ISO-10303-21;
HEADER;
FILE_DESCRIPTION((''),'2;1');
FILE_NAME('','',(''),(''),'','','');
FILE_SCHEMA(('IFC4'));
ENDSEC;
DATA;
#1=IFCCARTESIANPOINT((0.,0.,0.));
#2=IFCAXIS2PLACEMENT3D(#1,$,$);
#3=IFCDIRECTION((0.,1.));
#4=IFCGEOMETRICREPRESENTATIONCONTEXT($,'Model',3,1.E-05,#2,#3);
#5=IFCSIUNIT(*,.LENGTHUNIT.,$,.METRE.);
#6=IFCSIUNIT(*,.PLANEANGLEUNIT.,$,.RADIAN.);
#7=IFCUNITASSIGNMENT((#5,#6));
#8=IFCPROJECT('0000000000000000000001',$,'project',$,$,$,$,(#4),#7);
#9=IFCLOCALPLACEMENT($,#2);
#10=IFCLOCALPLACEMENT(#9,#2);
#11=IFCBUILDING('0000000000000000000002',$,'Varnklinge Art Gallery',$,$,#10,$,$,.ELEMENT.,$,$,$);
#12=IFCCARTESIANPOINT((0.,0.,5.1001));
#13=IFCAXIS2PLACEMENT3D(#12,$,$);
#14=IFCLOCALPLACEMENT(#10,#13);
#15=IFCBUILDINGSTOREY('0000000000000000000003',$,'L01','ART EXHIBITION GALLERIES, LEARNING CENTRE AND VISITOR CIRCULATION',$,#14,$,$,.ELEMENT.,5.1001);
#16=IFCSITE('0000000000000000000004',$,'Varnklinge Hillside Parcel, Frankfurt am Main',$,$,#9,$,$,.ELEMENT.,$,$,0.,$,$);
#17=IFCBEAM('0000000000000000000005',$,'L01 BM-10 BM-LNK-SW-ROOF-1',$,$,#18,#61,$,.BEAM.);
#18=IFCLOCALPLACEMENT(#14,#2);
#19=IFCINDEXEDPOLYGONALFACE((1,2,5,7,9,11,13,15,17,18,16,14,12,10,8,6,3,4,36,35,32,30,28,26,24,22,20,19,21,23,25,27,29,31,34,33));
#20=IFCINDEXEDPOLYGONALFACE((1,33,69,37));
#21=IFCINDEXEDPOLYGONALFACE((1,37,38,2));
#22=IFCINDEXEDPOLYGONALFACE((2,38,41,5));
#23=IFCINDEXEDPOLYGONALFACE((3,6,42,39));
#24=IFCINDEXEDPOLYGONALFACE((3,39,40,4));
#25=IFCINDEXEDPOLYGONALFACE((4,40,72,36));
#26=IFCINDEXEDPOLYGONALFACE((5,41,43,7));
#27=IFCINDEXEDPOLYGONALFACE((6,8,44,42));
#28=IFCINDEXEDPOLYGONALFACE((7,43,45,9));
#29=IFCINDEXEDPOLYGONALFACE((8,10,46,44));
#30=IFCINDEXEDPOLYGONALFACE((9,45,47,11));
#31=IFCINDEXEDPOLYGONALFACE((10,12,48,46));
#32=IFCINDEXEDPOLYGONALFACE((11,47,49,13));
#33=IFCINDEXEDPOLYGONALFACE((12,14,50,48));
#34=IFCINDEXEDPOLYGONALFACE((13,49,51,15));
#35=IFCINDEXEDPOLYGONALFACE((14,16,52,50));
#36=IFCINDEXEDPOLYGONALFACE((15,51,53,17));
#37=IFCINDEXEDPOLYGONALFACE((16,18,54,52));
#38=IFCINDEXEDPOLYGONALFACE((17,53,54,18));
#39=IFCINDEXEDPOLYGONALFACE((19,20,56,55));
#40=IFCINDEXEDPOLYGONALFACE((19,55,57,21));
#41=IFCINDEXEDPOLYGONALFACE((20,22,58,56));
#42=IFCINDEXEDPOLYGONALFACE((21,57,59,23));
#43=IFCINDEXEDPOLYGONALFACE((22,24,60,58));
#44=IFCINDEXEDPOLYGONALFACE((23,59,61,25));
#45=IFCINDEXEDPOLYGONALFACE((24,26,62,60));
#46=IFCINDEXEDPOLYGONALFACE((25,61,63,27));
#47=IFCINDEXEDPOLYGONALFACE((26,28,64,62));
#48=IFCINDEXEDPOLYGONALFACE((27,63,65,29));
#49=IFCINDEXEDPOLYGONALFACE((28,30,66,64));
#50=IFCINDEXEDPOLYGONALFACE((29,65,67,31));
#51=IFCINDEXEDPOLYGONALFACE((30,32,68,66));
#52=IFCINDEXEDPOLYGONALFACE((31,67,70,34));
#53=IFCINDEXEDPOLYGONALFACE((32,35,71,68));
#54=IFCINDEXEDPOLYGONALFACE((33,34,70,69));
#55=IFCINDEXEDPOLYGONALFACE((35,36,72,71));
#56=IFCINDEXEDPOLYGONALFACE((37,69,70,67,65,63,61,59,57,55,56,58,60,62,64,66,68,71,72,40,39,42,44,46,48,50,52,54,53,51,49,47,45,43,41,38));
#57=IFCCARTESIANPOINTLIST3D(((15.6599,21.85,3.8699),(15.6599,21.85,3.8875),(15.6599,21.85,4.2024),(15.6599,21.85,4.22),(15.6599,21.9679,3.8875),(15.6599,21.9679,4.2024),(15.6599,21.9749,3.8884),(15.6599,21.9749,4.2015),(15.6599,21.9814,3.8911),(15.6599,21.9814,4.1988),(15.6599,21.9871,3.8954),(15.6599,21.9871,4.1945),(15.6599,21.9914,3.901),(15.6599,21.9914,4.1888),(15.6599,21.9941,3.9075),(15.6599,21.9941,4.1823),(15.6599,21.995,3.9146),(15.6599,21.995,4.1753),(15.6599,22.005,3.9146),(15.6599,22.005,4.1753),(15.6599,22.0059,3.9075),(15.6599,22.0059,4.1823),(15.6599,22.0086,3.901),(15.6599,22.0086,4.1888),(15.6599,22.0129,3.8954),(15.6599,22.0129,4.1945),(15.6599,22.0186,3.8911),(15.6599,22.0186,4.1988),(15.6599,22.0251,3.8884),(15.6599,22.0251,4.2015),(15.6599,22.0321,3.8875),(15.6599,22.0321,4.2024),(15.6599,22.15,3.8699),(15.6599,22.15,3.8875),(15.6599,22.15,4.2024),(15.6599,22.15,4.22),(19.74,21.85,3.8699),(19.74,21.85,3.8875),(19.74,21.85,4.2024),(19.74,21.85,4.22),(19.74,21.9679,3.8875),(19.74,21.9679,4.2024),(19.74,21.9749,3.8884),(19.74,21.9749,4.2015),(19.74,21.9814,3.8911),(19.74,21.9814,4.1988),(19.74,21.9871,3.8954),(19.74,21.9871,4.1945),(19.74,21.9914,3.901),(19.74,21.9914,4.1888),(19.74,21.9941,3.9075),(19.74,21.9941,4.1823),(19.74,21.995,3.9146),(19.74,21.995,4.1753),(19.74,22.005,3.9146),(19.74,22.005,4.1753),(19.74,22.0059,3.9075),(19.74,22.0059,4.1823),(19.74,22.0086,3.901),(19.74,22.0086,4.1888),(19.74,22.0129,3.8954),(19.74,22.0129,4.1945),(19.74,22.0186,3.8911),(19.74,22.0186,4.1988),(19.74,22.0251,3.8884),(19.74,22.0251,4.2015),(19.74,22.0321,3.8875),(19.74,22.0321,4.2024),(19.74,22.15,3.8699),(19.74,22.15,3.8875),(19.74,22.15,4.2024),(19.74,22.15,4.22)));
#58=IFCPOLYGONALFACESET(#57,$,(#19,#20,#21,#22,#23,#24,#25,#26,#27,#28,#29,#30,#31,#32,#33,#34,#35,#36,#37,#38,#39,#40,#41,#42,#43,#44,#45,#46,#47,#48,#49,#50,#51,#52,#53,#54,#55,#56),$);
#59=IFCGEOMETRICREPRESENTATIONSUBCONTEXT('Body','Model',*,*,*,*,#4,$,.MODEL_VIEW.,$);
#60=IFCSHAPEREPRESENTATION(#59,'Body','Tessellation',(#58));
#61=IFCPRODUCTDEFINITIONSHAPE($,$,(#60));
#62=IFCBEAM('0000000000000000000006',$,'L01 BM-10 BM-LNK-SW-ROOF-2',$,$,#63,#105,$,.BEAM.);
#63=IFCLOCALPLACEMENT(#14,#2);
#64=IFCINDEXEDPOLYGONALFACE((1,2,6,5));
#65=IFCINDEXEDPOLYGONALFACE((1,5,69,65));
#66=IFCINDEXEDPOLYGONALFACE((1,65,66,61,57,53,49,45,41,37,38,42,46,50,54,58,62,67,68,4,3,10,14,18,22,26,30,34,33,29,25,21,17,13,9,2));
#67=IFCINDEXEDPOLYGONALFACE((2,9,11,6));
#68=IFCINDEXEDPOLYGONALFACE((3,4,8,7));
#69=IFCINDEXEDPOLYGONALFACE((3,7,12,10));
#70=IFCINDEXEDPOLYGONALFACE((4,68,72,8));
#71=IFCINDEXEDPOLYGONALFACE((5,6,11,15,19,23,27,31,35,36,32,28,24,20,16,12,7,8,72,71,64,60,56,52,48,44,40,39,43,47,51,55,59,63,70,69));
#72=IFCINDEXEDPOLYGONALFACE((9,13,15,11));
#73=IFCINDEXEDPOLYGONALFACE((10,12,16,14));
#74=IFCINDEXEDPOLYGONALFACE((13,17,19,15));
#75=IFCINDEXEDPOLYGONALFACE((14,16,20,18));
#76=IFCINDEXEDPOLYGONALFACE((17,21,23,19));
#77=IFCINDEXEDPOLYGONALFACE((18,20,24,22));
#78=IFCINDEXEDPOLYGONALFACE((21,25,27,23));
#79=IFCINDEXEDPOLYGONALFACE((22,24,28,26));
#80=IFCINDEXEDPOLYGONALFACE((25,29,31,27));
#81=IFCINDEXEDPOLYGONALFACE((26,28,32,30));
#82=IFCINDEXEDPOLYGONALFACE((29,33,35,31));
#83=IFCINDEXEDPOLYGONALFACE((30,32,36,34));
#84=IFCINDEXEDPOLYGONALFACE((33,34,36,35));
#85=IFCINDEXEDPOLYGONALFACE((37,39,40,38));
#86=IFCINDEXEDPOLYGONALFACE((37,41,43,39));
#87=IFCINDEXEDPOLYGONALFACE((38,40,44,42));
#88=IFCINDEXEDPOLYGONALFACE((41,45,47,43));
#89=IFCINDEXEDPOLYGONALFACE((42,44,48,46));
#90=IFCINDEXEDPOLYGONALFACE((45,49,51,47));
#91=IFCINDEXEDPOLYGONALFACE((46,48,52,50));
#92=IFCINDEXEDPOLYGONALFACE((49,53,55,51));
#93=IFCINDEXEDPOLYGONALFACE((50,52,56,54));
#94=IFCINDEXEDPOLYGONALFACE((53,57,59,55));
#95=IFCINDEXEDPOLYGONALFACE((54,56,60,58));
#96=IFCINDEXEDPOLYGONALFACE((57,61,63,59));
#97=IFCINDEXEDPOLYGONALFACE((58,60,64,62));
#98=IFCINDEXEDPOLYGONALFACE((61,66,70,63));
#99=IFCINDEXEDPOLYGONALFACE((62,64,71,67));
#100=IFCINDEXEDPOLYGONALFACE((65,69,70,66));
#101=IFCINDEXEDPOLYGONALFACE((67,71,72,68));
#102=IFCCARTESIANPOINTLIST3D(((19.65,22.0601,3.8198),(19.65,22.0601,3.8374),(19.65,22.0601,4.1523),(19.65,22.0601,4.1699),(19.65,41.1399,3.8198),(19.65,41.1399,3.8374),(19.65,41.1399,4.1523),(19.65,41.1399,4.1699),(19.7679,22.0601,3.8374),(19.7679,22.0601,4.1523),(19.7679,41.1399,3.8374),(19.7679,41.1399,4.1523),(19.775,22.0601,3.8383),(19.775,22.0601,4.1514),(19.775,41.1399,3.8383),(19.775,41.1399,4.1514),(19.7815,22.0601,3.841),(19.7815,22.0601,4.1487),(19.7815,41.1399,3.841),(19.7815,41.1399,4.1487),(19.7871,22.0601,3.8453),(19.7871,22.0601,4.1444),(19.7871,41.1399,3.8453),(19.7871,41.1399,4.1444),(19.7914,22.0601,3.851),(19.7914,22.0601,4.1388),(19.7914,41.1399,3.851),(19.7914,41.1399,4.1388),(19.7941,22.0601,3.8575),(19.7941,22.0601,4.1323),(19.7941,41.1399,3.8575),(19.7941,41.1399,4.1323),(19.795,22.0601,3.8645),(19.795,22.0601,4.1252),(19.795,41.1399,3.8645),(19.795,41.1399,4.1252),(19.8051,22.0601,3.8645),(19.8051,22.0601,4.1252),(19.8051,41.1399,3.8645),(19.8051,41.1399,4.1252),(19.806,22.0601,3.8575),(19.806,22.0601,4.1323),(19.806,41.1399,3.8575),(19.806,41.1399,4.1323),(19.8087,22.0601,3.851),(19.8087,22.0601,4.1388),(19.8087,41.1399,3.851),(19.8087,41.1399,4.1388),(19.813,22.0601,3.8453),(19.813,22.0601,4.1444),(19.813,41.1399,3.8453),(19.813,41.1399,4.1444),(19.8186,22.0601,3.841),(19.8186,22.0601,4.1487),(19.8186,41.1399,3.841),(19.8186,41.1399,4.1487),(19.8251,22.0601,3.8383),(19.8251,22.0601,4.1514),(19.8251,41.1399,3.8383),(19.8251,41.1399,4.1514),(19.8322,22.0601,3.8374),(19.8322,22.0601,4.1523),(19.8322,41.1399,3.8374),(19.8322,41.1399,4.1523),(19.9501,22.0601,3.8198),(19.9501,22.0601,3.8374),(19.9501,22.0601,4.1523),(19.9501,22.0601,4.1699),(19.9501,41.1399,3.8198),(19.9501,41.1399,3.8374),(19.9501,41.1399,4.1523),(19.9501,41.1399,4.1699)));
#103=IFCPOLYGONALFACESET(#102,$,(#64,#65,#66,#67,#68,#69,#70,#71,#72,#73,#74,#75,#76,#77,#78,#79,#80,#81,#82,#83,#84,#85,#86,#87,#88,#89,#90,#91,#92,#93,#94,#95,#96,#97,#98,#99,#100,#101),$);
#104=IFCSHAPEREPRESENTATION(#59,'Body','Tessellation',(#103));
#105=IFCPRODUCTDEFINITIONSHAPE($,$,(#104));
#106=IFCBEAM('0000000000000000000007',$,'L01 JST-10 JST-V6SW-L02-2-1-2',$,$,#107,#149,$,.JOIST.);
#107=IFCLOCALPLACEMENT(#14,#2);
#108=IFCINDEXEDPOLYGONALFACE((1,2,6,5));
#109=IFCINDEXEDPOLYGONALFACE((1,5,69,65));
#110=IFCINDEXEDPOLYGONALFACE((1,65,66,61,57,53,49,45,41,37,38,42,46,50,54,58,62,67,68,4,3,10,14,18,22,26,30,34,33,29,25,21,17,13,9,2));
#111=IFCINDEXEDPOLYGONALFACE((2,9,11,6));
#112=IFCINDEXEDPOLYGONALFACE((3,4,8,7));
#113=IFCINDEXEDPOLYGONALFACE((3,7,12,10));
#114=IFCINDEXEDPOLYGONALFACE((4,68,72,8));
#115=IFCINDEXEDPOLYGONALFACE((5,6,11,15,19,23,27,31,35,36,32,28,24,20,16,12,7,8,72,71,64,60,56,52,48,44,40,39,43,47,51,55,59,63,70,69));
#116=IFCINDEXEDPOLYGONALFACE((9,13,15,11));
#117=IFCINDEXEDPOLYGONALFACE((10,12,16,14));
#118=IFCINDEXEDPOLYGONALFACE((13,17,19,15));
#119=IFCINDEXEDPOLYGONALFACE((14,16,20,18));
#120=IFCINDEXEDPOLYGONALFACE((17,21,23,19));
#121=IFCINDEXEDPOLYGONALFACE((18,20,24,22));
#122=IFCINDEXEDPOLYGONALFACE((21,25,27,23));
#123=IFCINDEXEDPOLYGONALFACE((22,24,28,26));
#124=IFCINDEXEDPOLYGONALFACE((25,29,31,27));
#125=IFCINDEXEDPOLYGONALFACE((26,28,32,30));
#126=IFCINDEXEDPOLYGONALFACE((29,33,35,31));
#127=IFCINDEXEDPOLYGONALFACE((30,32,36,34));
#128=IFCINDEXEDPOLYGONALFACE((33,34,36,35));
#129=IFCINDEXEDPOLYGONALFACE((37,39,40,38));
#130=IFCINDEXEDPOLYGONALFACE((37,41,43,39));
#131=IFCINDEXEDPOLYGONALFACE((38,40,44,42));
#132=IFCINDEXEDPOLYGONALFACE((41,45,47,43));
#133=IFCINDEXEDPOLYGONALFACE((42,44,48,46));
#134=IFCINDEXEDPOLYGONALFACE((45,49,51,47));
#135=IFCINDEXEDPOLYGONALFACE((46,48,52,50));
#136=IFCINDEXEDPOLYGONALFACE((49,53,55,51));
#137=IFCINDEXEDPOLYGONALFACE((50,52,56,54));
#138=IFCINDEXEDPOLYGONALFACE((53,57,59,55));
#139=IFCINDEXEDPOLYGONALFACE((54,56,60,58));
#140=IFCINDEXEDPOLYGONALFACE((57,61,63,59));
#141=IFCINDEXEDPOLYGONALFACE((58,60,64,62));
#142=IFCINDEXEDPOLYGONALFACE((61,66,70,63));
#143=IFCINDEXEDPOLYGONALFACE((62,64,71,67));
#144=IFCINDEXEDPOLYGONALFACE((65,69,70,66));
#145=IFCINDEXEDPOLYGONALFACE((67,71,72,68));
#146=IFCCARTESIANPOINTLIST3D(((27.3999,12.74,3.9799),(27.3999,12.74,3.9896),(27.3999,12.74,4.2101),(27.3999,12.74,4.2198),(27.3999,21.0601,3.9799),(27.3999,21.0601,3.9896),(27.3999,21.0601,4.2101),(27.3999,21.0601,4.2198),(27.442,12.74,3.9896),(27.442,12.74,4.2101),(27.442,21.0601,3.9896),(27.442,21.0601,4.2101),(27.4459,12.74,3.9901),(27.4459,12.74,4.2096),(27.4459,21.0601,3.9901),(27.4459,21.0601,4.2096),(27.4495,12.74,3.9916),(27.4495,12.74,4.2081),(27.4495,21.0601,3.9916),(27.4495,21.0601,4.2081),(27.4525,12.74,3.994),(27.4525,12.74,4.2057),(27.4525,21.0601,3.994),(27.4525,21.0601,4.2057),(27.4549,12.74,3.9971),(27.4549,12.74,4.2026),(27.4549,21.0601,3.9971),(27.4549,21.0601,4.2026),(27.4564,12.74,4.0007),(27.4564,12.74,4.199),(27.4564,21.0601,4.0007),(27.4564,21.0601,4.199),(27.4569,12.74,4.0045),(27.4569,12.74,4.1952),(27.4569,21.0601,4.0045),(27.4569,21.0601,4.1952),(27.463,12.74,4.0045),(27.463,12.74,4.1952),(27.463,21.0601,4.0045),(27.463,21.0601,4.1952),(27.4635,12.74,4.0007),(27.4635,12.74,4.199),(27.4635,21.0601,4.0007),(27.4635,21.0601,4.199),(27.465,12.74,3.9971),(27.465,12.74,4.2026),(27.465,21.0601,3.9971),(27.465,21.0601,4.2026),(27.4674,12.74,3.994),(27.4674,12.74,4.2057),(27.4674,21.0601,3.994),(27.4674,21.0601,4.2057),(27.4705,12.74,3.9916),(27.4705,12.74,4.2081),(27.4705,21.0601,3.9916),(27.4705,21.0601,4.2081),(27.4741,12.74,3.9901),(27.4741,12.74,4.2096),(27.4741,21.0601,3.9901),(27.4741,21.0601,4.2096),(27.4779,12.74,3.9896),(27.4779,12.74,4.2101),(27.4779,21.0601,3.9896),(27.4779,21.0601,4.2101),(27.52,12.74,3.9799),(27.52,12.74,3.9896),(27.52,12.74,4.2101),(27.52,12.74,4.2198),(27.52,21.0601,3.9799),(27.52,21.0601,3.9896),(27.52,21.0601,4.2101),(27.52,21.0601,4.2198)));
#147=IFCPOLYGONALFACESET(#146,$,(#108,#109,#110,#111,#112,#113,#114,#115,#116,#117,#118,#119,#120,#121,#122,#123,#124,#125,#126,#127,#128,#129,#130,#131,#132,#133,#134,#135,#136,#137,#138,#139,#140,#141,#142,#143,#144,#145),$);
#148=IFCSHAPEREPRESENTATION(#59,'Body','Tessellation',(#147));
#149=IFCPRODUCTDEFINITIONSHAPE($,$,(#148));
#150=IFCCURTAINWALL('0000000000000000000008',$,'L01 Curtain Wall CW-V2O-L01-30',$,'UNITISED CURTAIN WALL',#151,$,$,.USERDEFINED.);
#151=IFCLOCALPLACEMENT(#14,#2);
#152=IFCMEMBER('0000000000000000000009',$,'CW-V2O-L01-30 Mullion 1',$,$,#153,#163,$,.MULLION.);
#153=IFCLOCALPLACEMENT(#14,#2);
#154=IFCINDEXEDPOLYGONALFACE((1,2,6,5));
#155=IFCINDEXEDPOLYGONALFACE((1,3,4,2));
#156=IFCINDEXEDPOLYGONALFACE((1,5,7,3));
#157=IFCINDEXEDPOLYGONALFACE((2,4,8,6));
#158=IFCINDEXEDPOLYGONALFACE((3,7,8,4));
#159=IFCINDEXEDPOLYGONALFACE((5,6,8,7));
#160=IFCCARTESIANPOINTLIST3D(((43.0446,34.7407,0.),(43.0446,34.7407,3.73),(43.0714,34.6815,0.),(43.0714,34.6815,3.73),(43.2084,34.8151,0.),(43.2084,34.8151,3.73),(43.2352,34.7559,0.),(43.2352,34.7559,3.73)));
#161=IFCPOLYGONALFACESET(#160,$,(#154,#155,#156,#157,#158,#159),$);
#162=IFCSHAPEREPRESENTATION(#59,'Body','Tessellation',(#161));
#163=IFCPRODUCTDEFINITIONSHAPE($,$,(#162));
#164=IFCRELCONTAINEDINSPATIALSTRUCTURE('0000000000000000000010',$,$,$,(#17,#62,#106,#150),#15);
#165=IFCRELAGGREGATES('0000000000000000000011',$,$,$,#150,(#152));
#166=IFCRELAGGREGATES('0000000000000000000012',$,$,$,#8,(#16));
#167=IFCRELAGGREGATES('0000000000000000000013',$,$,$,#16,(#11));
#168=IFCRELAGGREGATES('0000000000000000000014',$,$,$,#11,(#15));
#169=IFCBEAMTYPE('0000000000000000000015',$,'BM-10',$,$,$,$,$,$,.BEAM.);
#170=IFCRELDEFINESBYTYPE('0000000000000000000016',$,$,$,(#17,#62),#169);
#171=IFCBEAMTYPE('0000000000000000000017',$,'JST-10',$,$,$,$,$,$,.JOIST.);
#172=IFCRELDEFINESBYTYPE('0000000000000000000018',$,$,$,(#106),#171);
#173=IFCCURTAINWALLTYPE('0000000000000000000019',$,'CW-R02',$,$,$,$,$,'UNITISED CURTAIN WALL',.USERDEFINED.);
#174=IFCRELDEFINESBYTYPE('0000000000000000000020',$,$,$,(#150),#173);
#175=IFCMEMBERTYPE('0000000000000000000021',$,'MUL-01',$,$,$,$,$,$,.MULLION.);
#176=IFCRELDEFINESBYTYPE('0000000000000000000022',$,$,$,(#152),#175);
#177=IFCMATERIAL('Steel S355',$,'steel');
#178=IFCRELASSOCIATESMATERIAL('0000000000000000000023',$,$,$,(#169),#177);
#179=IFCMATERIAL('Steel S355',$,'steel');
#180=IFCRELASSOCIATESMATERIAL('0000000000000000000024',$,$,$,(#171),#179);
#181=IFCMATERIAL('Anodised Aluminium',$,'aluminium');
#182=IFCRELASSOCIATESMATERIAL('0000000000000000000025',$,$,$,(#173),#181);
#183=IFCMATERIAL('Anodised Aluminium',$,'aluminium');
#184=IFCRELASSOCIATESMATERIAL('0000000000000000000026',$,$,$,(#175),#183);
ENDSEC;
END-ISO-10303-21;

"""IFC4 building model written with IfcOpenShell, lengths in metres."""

from ifc_helpers import new_model, si_unit, direction, frame, origin, origin_2d, place, context, subcontext, project, spatial, rectangle, i_section, extrude, material, material_profile, profile_set, type_object, element, aggregate, save


model = new_model("IFC4")

# Units and contexts
model_context = context("Model", 3, precision=1e-05, world=origin(), true_north=direction((0.0, 1.0)))
body_context = subcontext(model_context, "Body", "Model", "MODEL_VIEW")
ifc_project = project(units=[si_unit("LENGTHUNIT", "METRE"), si_unit("PLANEANGLEUNIT", "RADIAN")], contexts=[model_context])

# Site, building, storey
site_placement = place(None, origin())
site = spatial("IfcSite", under=ifc_project, at=site_placement, Name="Varnklinge Hillside Parcel, Frankfurt am Main", CompositionType="ELEMENT", RefElevation=0.0)
building_placement = place(site_placement, origin())
building = spatial("IfcBuilding", under=site, at=building_placement, Name="Varnklinge Art Gallery", CompositionType="ELEMENT")
storey_placement = place(building_placement, frame((0.0, 0.0, 5.1001)))
storey = spatial("IfcBuildingStorey", under=building, at=storey_placement, Name="L01", Description="ART EXHIBITION GALLERIES, LEARNING CENTRE AND VISITOR CIRCULATION", CompositionType="ELEMENT", Elevation=5.1001)

# Beams
ifc_material_1 = material(Name="Steel S355", Category="steel")
ifc_material_profile_1 = material_profile(ifc_material_1, i_section(OverallWidth=0.3, OverallDepth=0.3501, WebThickness=0.01, FlangeThickness=0.0176, FilletRadius=0.0271, at=origin_2d()), Name="HEA 360")
ifc_profile_set_1 = profile_set([ifc_material_profile_1], Name="Steel S355")
beam_type_1 = type_object("IfcBeamType", Name="BM-10", PredefinedType="BEAM", material=ifc_profile_set_1)
beam_1_placement = place(storey_placement, frame((15.6599, 22.0, 4.0449), z_axis=(1.0, 0.0, 0.0), x_axis=(0.0, 1.0, 0.0)))
element("IfcBeam", 1, at=beam_1_placement, inside=storey, type_object=beam_type_1, Name="L01 BM-10 BM-LNK-SW-ROOF-1", PredefinedType="BEAM", context=body_context, shape_type="SweptSolid", body=[
    extrude(i_section(OverallWidth=0.3, OverallDepth=0.3501, WebThickness=0.01, FlangeThickness=0.0176, FilletRadius=0.0271, at=origin_2d()), origin(), (0.0, 0.0, 1.0), 4.0801),
])
beam_2_placement = place(storey_placement, frame((19.8, 22.0601, 3.9949), z_axis=(0.0, 1.0, 0.0), x_axis=(-1.0, 0.0, 0.0)))
element("IfcBeam", 2, at=beam_2_placement, inside=storey, type_object=beam_type_1, Name="L01 BM-10 BM-LNK-SW-ROOF-2", PredefinedType="BEAM", context=body_context, shape_type="SweptSolid", body=[
    extrude(i_section(OverallWidth=0.3, OverallDepth=0.3501, WebThickness=0.01, FlangeThickness=0.0176, FilletRadius=0.0271, at=origin_2d()), origin(), (0.0, 0.0, 1.0), 19.0798),
])
ifc_material_2 = material(Name="Steel S355", Category="steel")
ifc_material_profile_2 = material_profile(ifc_material_2, i_section(OverallWidth=0.1201, OverallDepth=0.24, WebThickness=0.0061, FlangeThickness=0.0098, FilletRadius=0.0149, at=origin_2d()), Name="IPE 240")
ifc_profile_set_2 = profile_set([ifc_material_profile_2], Name="Steel S355")
beam_type_2 = type_object("IfcBeamType", Name="JST-10", PredefinedType="JOIST", material=ifc_profile_set_2)
beam_3_placement = place(storey_placement, frame((27.46, 12.74, 4.0999), z_axis=(0.0, 1.0, 0.0), x_axis=(-1.0, 0.0, 0.0)))
element("IfcBeam", 3, at=beam_3_placement, inside=storey, type_object=beam_type_2, Name="L01 JST-10 JST-V6SW-L02-2-1-2", PredefinedType="JOIST", context=body_context, shape_type="SweptSolid", body=[
    extrude(i_section(OverallWidth=0.1201, OverallDepth=0.24, WebThickness=0.0061, FlangeThickness=0.0098, FilletRadius=0.0149, at=origin_2d()), origin(), (0.0, 0.0, 1.0), 8.3201),
])

# Curtain wall, member
ifc_material_3 = material(Name="Anodised Aluminium", Category="aluminium")
curtain_wall_type = type_object("IfcCurtainWallType", Name="CW-R02", ElementType="UNITISED CURTAIN WALL", PredefinedType="USERDEFINED", material=ifc_material_3)
curtain_wall_placement = place(storey_placement, origin())
curtain_wall = element("IfcCurtainWall", 4, at=curtain_wall_placement, inside=storey, type_object=curtain_wall_type, Name="L01 Curtain Wall CW-V2O-L01-30", ObjectType="UNITISED CURTAIN WALL", PredefinedType="USERDEFINED")
ifc_material_4 = material(Name="Anodised Aluminium", Category="aluminium")
ifc_material_profile_3 = material_profile(ifc_material_4, rectangle(XDim=0.0649, YDim=0.1799, at=origin_2d()), Name="ALU 65x180")
ifc_profile_set_3 = profile_set([ifc_material_profile_3], Name="Anodised Aluminium")
member_type = type_object("IfcMemberType", Name="MUL-01", PredefinedType="MULLION", material=ifc_profile_set_3)
member_placement = place(storey_placement, frame((43.1399, 34.7483, 0.0), z_axis=(0.0, 0.0, 1.0), x_axis=(0.413422, -0.910539, 0.0)))
member = element("IfcMember", 5, at=member_placement, type_object=member_type, Name="CW-V2O-L01-30 Mullion 1", PredefinedType="MULLION", context=body_context, shape_type="SweptSolid", body=[
    extrude(rectangle(XDim=0.0649, YDim=0.1799, at=origin_2d()), origin(), (0.0, 0.0, 1.0), 3.73),
])
aggregate(curtain_wall, [member])

save(model, "model.ifc")
